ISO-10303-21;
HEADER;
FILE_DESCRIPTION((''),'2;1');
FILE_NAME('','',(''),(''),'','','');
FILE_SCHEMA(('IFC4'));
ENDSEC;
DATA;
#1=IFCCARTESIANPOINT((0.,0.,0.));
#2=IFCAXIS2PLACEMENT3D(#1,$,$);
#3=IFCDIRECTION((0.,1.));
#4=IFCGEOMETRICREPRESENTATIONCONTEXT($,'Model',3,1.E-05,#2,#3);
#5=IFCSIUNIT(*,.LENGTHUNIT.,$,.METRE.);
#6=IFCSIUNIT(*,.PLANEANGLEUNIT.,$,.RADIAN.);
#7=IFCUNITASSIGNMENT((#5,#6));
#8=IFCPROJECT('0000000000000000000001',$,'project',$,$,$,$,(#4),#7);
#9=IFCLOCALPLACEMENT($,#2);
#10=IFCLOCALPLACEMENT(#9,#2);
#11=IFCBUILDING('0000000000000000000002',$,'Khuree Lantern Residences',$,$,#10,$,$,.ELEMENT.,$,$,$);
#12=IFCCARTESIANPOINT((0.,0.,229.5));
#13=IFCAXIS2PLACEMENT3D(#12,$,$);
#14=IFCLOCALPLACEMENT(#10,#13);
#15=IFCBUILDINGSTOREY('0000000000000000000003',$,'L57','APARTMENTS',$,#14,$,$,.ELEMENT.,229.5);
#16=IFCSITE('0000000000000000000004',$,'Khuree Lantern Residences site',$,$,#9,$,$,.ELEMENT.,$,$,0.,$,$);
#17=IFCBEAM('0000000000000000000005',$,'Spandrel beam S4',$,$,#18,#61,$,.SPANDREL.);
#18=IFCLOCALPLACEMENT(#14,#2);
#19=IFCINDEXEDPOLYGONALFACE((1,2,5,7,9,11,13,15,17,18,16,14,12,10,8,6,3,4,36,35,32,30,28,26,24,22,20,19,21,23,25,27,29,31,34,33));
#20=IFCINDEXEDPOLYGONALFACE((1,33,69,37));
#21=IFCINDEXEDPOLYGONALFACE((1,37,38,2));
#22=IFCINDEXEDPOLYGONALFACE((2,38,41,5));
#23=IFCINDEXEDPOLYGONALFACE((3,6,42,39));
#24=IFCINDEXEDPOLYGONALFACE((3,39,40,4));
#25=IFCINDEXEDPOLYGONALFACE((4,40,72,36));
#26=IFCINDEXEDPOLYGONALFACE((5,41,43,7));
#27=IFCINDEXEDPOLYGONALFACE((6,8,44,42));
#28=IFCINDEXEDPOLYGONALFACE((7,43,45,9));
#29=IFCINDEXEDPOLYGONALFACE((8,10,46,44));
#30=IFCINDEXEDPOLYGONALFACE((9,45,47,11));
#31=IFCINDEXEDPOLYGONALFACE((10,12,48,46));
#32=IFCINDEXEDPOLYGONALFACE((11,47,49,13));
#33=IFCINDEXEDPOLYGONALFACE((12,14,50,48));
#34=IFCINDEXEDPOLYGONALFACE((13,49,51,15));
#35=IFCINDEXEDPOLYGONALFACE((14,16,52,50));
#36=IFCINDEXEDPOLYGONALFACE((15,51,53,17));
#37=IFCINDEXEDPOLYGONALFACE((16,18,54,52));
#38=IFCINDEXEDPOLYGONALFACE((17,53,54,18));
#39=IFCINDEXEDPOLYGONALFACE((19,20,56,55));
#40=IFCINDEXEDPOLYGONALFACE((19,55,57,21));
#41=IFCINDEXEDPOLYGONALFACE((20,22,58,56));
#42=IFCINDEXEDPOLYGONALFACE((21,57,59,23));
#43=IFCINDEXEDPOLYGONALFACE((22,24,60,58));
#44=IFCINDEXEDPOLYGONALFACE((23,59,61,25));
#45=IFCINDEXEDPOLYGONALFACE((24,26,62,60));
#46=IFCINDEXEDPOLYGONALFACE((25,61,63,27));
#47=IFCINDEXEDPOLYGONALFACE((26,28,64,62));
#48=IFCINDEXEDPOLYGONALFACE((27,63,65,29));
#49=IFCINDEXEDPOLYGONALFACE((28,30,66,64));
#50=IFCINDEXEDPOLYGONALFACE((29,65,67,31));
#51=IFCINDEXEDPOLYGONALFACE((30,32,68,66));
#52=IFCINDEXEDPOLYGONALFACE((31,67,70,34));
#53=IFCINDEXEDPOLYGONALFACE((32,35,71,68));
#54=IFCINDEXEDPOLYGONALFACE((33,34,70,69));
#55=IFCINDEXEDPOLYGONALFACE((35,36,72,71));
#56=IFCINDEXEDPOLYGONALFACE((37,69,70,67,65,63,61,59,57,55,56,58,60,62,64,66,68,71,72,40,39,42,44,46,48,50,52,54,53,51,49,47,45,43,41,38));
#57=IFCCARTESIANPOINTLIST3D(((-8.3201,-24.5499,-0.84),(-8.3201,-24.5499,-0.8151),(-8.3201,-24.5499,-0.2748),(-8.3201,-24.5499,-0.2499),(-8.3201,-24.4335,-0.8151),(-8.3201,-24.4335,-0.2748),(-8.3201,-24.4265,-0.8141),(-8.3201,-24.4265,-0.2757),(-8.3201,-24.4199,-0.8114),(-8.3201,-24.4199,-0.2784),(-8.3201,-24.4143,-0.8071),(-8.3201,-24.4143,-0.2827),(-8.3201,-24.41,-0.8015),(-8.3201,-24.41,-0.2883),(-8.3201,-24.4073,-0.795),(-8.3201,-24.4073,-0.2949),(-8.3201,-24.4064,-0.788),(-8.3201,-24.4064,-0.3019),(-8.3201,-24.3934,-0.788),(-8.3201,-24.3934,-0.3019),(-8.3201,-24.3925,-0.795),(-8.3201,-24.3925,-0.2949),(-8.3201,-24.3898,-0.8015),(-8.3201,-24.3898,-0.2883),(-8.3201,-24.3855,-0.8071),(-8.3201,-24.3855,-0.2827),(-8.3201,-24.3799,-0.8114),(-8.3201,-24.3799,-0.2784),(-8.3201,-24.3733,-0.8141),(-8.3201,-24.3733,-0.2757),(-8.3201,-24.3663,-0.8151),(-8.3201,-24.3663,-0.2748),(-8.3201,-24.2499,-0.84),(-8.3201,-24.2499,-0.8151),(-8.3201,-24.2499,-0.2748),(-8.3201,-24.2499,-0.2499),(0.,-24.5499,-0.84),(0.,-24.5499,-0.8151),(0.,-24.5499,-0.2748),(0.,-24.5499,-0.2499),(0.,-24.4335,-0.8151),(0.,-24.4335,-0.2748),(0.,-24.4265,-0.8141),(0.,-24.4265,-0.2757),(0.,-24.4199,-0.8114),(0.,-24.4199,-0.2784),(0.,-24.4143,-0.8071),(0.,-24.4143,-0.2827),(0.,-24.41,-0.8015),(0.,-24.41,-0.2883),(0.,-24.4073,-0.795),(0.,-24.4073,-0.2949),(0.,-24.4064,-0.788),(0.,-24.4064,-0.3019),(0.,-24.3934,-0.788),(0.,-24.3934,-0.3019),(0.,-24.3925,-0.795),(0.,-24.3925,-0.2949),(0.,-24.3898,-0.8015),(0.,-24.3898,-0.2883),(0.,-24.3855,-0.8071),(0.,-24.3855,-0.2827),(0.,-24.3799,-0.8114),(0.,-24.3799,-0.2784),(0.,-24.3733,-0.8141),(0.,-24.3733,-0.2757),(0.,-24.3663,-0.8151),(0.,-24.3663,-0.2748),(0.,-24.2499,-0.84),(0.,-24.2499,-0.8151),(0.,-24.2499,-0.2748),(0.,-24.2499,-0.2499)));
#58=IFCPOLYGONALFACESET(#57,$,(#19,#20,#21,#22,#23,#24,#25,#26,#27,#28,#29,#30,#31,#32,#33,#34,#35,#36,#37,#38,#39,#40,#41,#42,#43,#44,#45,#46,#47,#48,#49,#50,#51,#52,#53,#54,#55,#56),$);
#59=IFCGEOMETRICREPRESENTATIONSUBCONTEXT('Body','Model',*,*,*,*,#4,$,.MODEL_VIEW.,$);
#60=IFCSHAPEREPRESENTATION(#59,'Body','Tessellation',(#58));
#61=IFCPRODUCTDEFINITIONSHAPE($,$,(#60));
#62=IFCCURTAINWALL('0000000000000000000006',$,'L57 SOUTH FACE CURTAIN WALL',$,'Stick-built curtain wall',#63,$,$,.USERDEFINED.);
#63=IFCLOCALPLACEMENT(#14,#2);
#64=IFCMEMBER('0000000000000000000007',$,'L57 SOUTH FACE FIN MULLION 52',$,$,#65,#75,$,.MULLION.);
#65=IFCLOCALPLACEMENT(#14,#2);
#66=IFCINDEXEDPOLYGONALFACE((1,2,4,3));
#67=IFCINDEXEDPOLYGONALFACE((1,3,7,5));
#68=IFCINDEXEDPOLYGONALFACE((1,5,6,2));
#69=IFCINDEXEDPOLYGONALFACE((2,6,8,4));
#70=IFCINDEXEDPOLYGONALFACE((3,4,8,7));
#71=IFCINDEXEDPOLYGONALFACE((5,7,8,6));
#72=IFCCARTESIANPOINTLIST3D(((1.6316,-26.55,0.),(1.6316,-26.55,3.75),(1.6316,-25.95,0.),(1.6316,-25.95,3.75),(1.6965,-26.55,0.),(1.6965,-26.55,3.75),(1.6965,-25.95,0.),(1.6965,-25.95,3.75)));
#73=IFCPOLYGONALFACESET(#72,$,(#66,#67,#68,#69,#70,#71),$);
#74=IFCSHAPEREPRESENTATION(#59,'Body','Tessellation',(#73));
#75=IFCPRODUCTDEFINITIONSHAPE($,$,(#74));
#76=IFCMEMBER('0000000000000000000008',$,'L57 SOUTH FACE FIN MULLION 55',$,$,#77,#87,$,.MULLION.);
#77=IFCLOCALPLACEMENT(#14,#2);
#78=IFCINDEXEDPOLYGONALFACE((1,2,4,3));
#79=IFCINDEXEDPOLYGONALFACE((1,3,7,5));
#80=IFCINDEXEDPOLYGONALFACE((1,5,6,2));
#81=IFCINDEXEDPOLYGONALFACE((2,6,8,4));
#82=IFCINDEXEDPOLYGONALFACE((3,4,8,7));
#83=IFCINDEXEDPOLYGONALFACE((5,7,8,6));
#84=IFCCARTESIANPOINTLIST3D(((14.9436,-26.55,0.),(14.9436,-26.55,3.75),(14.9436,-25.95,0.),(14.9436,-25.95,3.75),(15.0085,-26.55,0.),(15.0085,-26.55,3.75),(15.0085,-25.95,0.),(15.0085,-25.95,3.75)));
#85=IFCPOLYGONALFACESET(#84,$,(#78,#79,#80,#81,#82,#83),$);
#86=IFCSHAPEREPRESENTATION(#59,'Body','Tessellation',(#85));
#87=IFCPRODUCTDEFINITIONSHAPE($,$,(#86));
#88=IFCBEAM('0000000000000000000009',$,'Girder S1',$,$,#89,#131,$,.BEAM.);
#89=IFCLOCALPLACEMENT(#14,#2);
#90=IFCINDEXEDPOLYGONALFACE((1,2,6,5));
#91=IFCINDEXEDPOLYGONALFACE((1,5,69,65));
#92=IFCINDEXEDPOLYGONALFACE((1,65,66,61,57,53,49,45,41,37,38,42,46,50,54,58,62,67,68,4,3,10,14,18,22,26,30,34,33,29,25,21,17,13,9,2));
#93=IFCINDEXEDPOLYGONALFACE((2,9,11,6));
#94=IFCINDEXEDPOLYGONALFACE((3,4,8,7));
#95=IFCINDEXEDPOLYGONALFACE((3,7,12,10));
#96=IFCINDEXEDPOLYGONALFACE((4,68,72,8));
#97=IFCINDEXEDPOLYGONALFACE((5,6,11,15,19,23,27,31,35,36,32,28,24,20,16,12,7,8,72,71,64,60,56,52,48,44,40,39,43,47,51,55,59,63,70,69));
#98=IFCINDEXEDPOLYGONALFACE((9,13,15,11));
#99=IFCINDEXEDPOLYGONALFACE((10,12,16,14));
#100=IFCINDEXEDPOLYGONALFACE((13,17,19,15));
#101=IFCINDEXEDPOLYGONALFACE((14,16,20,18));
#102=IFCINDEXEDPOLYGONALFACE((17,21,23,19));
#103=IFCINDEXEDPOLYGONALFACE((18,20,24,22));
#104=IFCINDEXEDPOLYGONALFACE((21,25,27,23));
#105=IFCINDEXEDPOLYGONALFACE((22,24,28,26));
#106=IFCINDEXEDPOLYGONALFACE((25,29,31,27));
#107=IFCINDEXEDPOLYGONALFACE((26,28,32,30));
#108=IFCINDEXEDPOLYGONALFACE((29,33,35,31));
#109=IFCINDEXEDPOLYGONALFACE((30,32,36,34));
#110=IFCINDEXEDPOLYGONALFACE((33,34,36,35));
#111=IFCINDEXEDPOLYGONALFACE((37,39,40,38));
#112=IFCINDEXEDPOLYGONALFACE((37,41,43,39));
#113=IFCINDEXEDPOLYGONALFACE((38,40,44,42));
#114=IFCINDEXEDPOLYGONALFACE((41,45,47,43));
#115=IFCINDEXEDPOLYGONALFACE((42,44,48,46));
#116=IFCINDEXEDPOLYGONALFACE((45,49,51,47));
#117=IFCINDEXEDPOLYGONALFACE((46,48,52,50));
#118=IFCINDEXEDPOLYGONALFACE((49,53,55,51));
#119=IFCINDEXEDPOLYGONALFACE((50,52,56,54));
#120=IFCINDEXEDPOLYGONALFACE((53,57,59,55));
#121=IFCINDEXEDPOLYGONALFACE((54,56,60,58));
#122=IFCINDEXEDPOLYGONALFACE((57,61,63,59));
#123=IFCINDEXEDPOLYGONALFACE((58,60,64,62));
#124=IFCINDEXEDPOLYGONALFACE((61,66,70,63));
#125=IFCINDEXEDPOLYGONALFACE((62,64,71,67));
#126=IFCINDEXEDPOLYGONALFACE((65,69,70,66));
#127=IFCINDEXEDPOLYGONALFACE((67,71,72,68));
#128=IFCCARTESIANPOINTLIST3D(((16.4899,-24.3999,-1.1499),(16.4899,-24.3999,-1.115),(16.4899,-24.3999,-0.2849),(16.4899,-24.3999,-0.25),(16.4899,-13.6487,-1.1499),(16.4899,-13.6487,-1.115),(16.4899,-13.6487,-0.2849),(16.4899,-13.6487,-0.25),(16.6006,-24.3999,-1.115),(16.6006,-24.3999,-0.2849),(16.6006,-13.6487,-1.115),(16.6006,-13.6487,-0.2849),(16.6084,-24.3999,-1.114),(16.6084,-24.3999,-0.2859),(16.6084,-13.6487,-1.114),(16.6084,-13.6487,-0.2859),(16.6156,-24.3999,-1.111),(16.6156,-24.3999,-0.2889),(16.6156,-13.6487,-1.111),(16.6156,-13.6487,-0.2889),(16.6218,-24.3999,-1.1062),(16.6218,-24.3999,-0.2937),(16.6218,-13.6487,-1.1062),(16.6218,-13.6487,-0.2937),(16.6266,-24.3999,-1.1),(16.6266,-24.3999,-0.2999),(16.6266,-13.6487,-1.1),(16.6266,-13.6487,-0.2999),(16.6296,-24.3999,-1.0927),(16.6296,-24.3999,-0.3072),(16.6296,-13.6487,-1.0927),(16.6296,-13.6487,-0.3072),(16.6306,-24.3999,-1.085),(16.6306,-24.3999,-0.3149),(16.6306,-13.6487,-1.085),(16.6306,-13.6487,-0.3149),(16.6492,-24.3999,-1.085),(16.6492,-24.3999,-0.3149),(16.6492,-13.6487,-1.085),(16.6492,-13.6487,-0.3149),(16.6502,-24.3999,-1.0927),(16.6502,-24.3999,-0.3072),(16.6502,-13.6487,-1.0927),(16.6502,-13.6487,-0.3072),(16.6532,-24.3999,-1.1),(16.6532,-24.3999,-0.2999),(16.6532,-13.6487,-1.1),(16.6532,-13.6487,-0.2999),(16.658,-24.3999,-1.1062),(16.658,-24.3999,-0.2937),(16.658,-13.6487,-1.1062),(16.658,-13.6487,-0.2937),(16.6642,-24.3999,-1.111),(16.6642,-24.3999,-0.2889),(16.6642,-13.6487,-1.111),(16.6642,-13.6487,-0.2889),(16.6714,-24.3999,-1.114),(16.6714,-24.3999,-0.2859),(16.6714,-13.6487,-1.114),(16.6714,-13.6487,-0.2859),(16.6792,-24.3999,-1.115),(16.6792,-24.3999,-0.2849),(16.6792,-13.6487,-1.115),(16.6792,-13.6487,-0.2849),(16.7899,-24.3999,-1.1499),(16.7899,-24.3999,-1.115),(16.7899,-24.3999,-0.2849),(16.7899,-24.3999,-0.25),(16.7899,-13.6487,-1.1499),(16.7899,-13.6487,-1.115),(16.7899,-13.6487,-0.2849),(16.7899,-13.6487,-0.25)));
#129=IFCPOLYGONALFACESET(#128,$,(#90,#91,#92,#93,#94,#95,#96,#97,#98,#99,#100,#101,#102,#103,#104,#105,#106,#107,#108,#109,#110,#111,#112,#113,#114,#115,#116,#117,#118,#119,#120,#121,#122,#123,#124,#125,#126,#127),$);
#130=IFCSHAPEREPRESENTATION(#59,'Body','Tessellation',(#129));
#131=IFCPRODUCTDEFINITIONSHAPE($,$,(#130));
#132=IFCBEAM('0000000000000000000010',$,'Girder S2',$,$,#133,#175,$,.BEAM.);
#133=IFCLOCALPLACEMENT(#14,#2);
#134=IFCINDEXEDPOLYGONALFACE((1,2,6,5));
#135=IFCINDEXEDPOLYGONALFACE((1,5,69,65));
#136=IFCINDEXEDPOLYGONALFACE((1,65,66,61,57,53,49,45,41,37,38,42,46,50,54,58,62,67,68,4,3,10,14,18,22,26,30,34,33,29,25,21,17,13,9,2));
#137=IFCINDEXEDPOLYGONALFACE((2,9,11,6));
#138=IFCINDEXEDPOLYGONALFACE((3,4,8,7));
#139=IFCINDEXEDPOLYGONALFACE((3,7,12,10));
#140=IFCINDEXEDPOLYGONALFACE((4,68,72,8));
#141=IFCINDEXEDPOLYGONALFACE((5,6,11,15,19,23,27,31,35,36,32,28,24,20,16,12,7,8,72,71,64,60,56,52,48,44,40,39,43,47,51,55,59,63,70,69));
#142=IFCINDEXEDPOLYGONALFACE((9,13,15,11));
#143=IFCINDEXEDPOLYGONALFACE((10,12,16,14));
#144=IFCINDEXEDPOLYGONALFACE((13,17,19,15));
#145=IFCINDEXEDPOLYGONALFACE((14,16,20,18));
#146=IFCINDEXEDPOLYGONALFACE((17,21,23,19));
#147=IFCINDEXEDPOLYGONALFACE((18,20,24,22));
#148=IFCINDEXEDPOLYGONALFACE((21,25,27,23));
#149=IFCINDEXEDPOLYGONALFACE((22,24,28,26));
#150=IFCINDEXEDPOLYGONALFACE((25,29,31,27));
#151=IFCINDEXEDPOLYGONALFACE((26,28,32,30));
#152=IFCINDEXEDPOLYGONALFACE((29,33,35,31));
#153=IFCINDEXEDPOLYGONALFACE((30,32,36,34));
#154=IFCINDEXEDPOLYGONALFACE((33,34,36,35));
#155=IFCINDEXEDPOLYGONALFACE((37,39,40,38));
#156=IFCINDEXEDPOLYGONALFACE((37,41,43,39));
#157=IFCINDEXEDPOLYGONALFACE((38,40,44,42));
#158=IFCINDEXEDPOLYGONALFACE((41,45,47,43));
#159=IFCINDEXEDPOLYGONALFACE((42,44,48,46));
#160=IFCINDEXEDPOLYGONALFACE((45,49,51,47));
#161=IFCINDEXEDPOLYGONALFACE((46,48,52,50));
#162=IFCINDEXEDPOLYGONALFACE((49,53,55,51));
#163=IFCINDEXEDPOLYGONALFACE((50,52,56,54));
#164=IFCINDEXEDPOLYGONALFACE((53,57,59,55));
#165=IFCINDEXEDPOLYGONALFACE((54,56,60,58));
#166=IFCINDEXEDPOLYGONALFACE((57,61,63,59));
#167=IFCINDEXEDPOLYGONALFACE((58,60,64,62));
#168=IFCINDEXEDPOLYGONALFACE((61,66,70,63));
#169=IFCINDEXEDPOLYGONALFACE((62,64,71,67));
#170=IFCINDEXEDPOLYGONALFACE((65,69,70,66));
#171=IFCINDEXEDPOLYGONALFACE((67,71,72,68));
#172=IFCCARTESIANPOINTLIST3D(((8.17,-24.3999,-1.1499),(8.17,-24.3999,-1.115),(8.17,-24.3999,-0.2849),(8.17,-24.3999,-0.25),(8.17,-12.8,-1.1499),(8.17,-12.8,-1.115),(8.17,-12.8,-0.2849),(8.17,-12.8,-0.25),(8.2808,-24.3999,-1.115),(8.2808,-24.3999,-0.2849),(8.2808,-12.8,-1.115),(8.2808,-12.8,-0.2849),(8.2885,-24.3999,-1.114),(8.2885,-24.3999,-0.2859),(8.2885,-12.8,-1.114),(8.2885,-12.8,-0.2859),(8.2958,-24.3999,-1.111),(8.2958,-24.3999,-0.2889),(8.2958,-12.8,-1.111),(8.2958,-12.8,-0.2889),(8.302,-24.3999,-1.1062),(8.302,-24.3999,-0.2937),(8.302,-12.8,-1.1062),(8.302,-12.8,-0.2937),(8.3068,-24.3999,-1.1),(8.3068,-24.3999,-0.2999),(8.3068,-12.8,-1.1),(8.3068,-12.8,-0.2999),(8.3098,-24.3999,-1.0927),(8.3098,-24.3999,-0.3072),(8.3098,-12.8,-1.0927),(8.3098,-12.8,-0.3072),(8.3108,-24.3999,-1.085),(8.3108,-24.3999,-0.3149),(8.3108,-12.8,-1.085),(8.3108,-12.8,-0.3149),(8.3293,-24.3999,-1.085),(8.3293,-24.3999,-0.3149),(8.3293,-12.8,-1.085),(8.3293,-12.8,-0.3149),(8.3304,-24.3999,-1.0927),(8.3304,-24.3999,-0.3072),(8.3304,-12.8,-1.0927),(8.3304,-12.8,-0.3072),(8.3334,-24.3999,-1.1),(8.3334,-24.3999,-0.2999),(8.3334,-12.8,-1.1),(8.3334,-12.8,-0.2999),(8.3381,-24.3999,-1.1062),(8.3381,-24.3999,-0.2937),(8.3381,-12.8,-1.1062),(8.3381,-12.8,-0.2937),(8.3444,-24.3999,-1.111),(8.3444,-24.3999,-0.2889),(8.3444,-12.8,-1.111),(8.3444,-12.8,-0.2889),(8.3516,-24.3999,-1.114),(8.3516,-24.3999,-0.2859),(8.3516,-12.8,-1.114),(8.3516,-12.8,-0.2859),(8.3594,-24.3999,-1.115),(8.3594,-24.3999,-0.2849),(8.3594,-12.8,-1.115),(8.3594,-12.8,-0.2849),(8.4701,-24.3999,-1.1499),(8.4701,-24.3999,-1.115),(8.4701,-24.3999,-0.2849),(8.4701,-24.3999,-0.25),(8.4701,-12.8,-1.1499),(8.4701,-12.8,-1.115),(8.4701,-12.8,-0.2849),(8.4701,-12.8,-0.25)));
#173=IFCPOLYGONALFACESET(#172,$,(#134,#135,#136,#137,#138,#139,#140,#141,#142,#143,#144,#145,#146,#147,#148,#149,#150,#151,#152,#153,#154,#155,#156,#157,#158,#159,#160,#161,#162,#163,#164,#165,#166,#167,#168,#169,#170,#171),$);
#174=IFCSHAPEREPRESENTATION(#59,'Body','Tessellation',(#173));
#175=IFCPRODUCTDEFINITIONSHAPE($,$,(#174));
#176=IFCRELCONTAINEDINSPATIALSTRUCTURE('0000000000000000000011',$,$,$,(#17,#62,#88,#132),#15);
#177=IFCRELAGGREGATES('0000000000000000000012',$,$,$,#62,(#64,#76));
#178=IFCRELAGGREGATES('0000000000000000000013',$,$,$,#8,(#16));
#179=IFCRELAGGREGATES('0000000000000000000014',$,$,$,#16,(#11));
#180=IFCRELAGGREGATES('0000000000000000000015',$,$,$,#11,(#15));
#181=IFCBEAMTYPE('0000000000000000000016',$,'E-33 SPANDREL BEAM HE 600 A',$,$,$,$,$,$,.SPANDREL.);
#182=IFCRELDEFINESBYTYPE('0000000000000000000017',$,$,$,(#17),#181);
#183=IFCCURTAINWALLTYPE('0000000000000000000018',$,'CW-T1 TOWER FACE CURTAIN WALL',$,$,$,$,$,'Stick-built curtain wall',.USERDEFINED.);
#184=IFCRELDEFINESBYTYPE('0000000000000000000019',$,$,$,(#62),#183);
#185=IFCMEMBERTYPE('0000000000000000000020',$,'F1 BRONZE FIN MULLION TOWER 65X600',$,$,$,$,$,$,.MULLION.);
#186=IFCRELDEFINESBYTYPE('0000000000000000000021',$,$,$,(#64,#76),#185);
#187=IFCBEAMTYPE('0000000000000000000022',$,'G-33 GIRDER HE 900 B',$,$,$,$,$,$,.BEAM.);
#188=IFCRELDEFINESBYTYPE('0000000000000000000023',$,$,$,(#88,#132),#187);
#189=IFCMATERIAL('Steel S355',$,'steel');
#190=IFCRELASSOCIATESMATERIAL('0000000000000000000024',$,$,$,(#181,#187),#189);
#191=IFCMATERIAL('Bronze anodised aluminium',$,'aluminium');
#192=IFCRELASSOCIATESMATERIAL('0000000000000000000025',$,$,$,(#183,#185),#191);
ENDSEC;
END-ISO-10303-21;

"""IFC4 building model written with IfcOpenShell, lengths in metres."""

from ifc_helpers import new_model, si_unit, direction, frame, origin, origin_2d, place, context, subcontext, project, spatial, rectangle, i_section, extrude, material, material_profile, profile_set, type_object, element, aggregate, save


model = new_model("IFC4")

# Units and contexts
model_context = context("Model", 3, precision=1e-05, world=origin(), true_north=direction((0.0, 1.0)))
body_context = subcontext(model_context, "Body", "Model", "MODEL_VIEW")
ifc_project = project(units=[si_unit("LENGTHUNIT", "METRE"), si_unit("PLANEANGLEUNIT", "RADIAN")], contexts=[model_context])

# Site, building, storey
site_placement = place(None, origin())
site = spatial("IfcSite", under=ifc_project, at=site_placement, Name="Khuree Lantern Residences site", CompositionType="ELEMENT", RefElevation=0.0)
building_placement = place(site_placement, origin())
building = spatial("IfcBuilding", under=site, at=building_placement, Name="Khuree Lantern Residences", CompositionType="ELEMENT")
storey_placement = place(building_placement, frame((0.0, 0.0, 229.5)))
storey = spatial("IfcBuildingStorey", under=building, at=storey_placement, Name="L57", Description="APARTMENTS", CompositionType="ELEMENT", Elevation=229.5)

# Beam
ifc_material_1 = material(Name="Steel S355", Category="steel")
ifc_material_profile_1 = material_profile(ifc_material_1, i_section(OverallWidth=0.3, OverallDepth=0.5901, WebThickness=0.0129, FlangeThickness=0.0249, FilletRadius=0.0271, at=origin_2d()), Name="HE 600 A")
ifc_profile_set_1 = profile_set([ifc_material_profile_1], Name="Steel S355")
beam_type_1 = type_object("IfcBeamType", Name="E-33 SPANDREL BEAM HE 600 A", PredefinedType="SPANDREL", material=ifc_profile_set_1)
for number, where, z_axis, x_axis, name in (
    (1, (0.0, -24.3999, -0.5449), (-1.0, 0.0, 0.0), (0.0, -1.0, 0.0), "Spandrel beam S4"),
):
    element("IfcBeam", number, at=place(storey_placement, frame(where, z_axis=z_axis, x_axis=x_axis)), inside=storey, type_object=beam_type_1, Name=name, PredefinedType="SPANDREL", context=body_context, shape_type="SweptSolid", body=[
        extrude(i_section(OverallWidth=0.3, OverallDepth=0.5901, WebThickness=0.0129, FlangeThickness=0.0249, FilletRadius=0.0271, at=origin_2d()), origin(), (0.0, 0.0, 1.0), 8.3201),
    ])

# Curtain wall, members
ifc_material_2 = material(Name="Bronze anodised aluminium", Category="aluminium")
curtain_wall_type = type_object("IfcCurtainWallType", Name="CW-T1 TOWER FACE CURTAIN WALL", ElementType="Stick-built curtain wall", PredefinedType="USERDEFINED", material=ifc_material_2)
curtain_wall_placement = place(storey_placement, origin())
curtain_wall = element("IfcCurtainWall", 2, at=curtain_wall_placement, inside=storey, type_object=curtain_wall_type, Name="L57 SOUTH FACE CURTAIN WALL", ObjectType="Stick-built curtain wall", PredefinedType="USERDEFINED")
ifc_material_profile_2 = material_profile(ifc_material_2, rectangle(XDim=0.0649, YDim=0.6001, at=origin_2d()), Name="F1 65X600")
ifc_profile_set_2 = profile_set([ifc_material_profile_2], Name="Bronze anodised aluminium")
member_type_1 = type_object("IfcMemberType", Name="F1 BRONZE FIN MULLION TOWER 65X600", PredefinedType="MULLION", material=ifc_profile_set_2)
member_1_placement = place(storey_placement, frame((1.6641, -26.25, 0.0), z_axis=(0.0, 0.0, 1.0), x_axis=(1.0, 0.0, 0.0)))
member_1 = element("IfcMember", 3, at=member_1_placement, type_object=member_type_1, Name="L57 SOUTH FACE FIN MULLION 52", PredefinedType="MULLION", context=body_context, shape_type="SweptSolid", body=[
    extrude(rectangle(XDim=0.0649, YDim=0.6001, at=origin_2d()), origin(), (0.0, 0.0, 1.0), 3.75),
])
member_2_placement = place(storey_placement, frame((14.9761, -26.25, 0.0), z_axis=(0.0, 0.0, 1.0), x_axis=(1.0, 0.0, 0.0)))
member_2 = element("IfcMember", 4, at=member_2_placement, type_object=member_type_1, Name="L57 SOUTH FACE FIN MULLION 55", PredefinedType="MULLION", context=body_context, shape_type="SweptSolid", body=[
    extrude(rectangle(XDim=0.0649, YDim=0.6001, at=origin_2d()), origin(), (0.0, 0.0, 1.0), 3.75),
])

# Beams
ifc_material_profile_3 = material_profile(ifc_material_1, i_section(OverallWidth=0.3, OverallDepth=0.8999, WebThickness=0.0186, FlangeThickness=0.0349, FilletRadius=0.03, at=origin_2d()), Name="HE 900 B")
ifc_profile_set_3 = profile_set([ifc_material_profile_3], Name="Steel S355")
beam_type_2 = type_object("IfcBeamType", Name="G-33 GIRDER HE 900 B", PredefinedType="BEAM", material=ifc_profile_set_3)
beam_placement = place(storey_placement, frame((16.6399, -24.3999, -0.7), z_axis=(0.0, 1.0, 0.0), x_axis=(-1.0, 0.0, 0.0)))
element("IfcBeam", 5, at=beam_placement, inside=storey, type_object=beam_type_2, Name="Girder S1", PredefinedType="BEAM", context=body_context, shape_type="SweptSolid", body=[
    extrude(i_section(OverallWidth=0.3, OverallDepth=0.8999, WebThickness=0.0186, FlangeThickness=0.0349, FilletRadius=0.03, at=origin_2d()), origin(), (0.0, 0.0, 1.0), 10.7512),
])
for number, where, z_axis, x_axis, name in (
    (6, (8.3201, -24.3999, -0.7), (0.0, 1.0, 0.0), (-1.0, 0.0, 0.0), "Girder S2"),
):
    element("IfcBeam", number, at=place(storey_placement, frame(where, z_axis=z_axis, x_axis=x_axis)), inside=storey, type_object=beam_type_2, Name=name, PredefinedType="BEAM", context=body_context, shape_type="SweptSolid", body=[
        extrude(i_section(OverallWidth=0.3, OverallDepth=0.8999, WebThickness=0.0186, FlangeThickness=0.0349, FilletRadius=0.03, at=origin_2d()), origin(), (0.0, 0.0, 1.0), 11.5999),
    ])

aggregate(curtain_wall, [member_1, member_2])

save(model, "model.ifc")
